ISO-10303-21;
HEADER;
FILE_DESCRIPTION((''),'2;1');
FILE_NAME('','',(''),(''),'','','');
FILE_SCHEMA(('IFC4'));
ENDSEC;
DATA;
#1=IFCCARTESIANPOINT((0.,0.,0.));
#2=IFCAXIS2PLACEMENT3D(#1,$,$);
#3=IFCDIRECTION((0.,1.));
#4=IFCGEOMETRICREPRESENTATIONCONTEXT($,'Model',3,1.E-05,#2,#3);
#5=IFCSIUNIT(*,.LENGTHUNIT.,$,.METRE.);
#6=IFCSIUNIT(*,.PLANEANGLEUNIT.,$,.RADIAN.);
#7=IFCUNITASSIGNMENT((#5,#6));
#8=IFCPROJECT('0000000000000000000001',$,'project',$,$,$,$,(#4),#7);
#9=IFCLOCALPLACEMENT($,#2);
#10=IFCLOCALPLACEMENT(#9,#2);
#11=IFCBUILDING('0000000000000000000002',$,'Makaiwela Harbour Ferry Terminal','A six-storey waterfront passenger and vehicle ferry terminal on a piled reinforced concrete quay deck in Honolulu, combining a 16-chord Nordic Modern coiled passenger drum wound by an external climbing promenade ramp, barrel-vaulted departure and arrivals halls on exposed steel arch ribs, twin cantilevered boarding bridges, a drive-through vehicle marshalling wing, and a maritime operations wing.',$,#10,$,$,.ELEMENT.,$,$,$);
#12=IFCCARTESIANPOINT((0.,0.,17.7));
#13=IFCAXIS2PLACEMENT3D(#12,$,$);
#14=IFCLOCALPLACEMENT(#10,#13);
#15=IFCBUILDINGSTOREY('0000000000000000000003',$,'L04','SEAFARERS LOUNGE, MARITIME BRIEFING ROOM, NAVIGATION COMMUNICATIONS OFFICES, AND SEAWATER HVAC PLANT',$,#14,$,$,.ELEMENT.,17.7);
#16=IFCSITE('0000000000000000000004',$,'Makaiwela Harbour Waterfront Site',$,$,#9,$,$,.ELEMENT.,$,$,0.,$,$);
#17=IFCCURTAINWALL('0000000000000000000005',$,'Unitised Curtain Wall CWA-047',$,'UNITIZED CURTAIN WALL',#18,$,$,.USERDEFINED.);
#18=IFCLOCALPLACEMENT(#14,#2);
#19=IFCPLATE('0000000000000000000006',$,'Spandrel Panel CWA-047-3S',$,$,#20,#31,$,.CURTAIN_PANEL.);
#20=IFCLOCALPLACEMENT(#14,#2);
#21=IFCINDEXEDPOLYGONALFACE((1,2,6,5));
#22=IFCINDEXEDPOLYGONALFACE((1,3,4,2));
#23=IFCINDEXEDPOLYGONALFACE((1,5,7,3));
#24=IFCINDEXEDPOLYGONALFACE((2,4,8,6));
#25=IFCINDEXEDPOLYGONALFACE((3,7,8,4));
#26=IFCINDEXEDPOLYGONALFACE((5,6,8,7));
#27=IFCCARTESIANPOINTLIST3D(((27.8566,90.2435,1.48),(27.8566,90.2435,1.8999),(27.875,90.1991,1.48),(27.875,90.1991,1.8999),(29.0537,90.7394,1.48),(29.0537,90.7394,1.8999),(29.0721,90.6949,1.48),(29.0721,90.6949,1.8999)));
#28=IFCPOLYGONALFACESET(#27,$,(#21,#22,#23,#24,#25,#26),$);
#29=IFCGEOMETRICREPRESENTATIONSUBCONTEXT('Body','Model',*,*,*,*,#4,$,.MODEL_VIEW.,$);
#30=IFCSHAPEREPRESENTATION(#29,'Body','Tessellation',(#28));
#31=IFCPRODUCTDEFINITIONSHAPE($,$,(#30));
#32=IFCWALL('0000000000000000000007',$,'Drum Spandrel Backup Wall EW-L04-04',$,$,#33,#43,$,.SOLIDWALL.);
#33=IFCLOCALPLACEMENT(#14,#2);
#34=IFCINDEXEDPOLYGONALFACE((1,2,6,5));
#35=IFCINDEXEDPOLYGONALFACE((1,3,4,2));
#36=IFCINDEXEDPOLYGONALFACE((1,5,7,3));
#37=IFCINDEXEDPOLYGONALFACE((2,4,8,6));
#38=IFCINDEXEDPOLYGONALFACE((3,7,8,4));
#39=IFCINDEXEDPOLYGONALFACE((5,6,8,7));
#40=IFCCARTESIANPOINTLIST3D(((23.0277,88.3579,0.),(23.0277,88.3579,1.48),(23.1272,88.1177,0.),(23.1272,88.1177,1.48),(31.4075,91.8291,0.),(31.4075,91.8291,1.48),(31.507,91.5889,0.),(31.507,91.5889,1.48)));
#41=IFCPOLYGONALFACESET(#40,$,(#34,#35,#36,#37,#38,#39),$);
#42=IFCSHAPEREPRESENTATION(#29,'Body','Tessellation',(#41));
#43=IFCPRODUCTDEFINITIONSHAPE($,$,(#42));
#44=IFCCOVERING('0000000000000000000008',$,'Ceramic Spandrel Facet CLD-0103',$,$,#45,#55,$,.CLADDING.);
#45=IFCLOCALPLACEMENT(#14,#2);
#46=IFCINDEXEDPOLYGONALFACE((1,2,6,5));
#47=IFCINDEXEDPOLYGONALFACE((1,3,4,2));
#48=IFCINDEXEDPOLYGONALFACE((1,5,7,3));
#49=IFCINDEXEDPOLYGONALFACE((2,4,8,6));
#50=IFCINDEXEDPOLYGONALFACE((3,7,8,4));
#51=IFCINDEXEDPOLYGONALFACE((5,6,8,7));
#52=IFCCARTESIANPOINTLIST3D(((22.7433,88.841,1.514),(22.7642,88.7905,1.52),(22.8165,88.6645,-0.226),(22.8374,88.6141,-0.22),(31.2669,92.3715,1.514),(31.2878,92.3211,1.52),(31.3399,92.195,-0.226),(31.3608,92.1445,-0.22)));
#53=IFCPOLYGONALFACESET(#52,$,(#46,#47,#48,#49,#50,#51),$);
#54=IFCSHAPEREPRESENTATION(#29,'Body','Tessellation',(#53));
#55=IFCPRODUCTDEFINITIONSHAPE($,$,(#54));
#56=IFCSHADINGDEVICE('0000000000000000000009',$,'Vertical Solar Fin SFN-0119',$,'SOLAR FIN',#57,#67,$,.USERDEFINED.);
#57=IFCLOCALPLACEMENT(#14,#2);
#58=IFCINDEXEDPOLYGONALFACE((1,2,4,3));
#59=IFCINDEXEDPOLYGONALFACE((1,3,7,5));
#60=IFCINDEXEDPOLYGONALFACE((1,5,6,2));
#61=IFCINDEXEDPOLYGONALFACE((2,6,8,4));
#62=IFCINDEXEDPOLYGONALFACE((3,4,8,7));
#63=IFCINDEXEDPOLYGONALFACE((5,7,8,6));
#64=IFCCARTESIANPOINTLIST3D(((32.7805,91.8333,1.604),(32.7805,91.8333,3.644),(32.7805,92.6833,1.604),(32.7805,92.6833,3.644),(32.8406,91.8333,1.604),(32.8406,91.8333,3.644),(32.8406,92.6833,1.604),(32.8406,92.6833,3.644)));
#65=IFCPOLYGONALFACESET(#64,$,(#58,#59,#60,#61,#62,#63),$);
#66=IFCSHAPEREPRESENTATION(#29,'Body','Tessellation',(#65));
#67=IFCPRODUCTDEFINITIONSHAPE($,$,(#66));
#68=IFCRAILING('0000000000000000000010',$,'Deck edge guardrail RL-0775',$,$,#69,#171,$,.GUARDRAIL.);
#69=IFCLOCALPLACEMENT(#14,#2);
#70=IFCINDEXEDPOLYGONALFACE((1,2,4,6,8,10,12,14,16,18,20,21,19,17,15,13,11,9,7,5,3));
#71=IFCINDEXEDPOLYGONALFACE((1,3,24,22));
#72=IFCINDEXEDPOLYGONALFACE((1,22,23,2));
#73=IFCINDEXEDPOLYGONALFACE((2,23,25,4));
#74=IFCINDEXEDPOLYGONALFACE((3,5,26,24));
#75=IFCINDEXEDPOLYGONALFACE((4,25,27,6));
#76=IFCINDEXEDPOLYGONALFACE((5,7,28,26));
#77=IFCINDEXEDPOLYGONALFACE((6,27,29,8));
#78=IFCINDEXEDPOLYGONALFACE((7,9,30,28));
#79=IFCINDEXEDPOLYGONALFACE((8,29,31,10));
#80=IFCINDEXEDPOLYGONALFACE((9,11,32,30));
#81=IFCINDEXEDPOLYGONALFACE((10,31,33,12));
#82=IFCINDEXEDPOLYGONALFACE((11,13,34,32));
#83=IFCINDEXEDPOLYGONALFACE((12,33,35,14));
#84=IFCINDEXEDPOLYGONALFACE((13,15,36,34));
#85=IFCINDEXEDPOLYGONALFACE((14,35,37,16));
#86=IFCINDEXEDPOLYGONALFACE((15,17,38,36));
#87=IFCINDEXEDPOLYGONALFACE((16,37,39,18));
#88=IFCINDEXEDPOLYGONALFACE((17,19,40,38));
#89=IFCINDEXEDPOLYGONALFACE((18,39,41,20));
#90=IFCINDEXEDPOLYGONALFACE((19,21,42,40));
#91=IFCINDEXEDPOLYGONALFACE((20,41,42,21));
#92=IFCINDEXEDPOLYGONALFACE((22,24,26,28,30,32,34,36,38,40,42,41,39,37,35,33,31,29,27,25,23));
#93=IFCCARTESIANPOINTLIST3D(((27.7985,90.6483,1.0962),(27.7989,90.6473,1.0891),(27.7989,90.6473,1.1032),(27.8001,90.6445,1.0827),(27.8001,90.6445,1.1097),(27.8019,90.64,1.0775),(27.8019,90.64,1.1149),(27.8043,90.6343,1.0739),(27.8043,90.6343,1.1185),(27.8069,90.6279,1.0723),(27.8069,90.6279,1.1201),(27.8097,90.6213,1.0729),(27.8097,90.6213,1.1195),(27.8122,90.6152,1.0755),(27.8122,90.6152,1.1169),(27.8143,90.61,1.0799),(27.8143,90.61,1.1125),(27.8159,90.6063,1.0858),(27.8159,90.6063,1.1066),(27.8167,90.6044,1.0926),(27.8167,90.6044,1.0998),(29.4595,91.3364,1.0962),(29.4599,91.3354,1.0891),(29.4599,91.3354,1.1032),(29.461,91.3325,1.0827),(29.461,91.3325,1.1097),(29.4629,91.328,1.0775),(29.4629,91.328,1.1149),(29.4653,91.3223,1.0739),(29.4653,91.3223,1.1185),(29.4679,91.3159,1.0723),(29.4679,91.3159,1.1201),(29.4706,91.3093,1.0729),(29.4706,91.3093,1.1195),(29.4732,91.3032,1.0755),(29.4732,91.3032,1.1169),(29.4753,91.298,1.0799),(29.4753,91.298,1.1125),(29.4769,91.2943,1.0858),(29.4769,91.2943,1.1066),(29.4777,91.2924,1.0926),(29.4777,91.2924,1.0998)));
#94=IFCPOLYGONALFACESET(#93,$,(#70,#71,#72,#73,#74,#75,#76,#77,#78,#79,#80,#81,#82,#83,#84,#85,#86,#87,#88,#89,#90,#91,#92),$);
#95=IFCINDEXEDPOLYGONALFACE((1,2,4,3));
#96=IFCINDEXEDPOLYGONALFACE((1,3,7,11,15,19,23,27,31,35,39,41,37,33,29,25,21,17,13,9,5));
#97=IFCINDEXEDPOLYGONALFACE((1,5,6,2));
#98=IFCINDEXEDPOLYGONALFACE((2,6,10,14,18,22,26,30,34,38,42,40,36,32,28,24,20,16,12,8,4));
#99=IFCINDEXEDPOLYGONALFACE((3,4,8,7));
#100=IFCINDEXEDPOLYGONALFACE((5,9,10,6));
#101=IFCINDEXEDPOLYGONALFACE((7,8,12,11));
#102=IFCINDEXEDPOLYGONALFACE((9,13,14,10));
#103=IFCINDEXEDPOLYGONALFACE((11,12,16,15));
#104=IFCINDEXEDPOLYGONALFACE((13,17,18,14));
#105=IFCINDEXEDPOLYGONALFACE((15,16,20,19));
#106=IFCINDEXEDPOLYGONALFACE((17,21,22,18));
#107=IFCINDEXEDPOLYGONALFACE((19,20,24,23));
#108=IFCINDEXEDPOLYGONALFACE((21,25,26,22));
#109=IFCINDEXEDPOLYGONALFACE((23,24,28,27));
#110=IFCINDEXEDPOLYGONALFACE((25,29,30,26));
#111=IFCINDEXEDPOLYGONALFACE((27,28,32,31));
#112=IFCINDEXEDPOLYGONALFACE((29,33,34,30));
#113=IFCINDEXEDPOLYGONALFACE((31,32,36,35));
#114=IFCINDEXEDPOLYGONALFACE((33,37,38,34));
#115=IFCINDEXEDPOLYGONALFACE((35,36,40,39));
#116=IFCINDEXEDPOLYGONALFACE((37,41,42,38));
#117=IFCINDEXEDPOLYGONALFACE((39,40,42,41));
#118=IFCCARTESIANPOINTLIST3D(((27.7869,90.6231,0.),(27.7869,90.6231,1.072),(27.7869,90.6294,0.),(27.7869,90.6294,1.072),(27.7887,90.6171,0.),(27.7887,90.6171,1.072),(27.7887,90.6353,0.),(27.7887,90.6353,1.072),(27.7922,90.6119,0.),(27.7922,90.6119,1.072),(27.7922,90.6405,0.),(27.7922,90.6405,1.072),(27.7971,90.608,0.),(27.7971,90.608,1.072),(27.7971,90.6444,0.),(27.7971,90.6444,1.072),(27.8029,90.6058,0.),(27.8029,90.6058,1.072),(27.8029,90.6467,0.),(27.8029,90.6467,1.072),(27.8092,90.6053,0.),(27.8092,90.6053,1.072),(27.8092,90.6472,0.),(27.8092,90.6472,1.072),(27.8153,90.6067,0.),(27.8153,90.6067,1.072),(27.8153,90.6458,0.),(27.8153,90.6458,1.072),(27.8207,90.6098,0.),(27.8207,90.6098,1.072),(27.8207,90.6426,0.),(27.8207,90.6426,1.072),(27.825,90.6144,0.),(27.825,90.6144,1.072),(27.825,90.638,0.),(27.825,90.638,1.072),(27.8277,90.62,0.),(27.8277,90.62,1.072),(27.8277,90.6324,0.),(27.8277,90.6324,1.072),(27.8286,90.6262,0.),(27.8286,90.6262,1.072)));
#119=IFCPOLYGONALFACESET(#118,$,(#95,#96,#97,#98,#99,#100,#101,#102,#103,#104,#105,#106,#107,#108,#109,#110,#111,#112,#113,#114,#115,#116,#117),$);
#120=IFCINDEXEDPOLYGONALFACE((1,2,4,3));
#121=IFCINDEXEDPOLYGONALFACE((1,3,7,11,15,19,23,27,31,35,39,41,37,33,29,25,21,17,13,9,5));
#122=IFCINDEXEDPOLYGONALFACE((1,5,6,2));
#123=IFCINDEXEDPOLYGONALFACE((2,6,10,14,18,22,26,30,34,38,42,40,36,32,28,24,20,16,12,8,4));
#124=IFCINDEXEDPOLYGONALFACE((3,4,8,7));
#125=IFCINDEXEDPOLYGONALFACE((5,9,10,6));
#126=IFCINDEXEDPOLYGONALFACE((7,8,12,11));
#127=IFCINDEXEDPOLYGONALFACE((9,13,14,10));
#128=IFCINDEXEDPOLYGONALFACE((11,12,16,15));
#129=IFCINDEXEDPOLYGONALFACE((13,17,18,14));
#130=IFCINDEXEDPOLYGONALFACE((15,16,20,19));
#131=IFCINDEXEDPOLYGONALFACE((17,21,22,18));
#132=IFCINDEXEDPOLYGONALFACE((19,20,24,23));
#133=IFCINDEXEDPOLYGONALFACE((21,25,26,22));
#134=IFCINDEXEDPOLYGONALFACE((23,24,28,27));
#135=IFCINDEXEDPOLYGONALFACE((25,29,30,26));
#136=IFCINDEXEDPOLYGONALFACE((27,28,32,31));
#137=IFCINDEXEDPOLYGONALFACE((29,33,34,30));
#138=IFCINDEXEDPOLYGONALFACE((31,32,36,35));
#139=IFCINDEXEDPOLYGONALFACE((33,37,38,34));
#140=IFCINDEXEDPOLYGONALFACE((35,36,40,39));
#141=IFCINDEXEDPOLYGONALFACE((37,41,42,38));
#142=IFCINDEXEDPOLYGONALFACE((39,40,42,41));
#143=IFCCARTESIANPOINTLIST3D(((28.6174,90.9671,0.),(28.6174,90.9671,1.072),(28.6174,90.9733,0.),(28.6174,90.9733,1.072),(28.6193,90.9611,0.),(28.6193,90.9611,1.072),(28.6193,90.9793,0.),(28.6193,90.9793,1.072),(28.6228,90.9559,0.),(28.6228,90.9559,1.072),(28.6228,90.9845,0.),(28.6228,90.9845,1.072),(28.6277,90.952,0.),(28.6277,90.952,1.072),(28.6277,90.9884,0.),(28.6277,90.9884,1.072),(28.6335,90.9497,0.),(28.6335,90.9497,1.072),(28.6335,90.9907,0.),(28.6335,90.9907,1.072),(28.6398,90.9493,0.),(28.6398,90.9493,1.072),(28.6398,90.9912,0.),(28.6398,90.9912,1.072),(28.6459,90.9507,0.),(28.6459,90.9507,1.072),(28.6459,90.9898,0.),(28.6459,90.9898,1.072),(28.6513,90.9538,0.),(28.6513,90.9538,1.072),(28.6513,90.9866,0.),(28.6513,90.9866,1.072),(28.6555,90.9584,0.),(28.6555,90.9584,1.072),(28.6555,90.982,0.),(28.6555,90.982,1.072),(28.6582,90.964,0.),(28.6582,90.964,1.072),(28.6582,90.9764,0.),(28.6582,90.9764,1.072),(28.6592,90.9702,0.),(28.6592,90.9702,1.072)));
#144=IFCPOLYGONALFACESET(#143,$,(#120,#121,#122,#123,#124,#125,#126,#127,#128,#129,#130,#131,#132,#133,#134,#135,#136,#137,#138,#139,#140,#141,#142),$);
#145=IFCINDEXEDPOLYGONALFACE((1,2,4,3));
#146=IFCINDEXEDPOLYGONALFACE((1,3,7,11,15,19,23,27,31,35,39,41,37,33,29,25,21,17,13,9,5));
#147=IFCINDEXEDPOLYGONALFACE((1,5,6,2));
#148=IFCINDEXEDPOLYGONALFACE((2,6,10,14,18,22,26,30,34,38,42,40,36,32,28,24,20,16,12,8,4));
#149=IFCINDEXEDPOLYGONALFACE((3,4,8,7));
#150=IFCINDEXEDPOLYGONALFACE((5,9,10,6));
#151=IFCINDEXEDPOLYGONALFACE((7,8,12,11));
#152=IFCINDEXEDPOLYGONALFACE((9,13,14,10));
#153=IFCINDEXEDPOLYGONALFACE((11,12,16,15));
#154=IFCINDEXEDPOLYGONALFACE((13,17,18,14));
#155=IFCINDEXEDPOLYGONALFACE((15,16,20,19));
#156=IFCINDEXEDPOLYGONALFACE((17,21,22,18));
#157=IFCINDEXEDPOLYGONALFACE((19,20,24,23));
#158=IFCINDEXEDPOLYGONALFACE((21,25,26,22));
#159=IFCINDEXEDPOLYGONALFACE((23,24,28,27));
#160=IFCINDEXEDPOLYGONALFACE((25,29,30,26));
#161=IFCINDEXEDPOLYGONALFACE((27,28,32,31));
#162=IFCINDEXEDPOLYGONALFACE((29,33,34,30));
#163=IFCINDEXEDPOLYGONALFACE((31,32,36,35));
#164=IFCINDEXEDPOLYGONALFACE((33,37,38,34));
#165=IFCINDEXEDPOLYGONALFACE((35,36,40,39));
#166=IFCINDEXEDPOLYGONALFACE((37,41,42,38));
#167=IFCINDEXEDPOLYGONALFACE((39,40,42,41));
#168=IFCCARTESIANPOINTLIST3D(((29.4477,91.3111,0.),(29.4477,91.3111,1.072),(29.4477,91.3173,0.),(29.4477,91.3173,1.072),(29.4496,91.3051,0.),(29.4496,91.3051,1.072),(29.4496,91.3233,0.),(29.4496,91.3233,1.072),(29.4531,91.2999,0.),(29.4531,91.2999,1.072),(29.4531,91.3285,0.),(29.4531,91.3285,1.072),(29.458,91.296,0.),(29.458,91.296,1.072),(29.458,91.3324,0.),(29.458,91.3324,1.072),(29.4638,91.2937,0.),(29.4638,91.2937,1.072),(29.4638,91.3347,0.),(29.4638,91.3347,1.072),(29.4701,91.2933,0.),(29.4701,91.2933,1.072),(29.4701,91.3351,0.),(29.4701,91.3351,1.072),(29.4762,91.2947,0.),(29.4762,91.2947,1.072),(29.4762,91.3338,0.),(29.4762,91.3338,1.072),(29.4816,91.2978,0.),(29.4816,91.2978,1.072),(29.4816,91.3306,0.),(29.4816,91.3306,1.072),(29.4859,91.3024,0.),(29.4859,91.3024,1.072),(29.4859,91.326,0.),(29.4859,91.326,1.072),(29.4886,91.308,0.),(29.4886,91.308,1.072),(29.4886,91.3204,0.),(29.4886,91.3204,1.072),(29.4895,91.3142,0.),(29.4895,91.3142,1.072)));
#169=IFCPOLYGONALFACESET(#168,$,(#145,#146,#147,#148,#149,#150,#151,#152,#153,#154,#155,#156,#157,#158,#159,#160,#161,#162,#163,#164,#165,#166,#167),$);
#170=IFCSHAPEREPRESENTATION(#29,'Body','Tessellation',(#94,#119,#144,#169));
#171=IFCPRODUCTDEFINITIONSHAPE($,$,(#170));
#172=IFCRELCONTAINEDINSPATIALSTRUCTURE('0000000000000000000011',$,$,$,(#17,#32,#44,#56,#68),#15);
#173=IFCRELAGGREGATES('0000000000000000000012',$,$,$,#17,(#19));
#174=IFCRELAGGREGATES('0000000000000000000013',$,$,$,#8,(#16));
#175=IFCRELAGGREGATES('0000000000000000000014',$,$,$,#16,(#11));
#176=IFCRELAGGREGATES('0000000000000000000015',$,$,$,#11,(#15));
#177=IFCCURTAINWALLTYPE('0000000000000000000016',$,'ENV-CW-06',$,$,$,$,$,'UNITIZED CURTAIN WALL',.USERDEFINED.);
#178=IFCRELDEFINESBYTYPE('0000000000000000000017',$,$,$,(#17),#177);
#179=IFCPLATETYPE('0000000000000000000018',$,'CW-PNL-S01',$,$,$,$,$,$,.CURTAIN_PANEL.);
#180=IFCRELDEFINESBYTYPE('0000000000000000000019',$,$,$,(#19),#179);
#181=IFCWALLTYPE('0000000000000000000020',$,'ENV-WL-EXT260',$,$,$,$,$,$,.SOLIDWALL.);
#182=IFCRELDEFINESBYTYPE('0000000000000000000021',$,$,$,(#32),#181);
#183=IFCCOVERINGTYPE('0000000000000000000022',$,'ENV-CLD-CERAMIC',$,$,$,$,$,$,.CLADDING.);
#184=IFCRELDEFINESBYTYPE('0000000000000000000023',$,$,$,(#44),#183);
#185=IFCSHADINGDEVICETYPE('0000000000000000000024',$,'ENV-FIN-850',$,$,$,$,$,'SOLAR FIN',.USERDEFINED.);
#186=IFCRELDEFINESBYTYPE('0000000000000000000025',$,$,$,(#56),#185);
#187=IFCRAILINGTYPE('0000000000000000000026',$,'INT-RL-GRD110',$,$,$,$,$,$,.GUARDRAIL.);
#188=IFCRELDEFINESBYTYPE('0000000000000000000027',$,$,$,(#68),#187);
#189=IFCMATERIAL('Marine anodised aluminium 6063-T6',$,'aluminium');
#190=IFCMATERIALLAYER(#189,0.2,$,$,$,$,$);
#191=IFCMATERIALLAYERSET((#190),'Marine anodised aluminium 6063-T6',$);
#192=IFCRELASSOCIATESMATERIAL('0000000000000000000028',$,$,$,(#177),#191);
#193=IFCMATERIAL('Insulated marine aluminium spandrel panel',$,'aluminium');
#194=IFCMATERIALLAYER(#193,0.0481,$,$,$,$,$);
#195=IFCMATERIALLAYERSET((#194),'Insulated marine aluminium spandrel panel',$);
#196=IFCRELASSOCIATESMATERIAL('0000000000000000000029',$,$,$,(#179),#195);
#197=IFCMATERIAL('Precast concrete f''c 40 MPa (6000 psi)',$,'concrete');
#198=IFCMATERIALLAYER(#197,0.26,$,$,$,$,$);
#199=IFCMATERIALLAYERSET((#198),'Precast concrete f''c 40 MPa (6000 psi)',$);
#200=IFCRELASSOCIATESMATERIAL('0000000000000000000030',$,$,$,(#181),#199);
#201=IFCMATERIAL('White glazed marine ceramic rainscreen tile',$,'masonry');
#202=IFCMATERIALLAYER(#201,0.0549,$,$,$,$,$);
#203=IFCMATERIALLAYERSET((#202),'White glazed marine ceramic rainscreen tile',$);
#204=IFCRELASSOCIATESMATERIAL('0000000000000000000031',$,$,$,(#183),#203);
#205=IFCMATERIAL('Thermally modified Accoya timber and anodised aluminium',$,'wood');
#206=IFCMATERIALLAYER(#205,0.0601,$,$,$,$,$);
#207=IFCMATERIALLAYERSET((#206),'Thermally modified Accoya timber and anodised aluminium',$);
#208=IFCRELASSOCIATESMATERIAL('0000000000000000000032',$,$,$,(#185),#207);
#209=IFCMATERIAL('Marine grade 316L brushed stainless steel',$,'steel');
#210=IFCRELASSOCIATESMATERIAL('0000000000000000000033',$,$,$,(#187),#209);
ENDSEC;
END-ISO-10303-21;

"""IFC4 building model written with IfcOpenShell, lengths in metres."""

from ifc_helpers import new_model, si_unit, direction, frame, frame_2d, origin, origin_2d, place, context, subcontext, project, spatial, polyline, rectangle, circle, outline, extrude, material, layer, layer_set, type_object, element, aggregate, save


model = new_model("IFC4")

# Units and contexts
model_context = context("Model", 3, precision=1e-05, world=origin(), true_north=direction((0.0, 1.0)))
body_context = subcontext(model_context, "Body", "Model", "MODEL_VIEW")
ifc_project = project(units=[si_unit("LENGTHUNIT", "METRE"), si_unit("PLANEANGLEUNIT", "RADIAN")], contexts=[model_context])

# Site, building, storey
site_placement = place(None, origin())
site = spatial("IfcSite", under=ifc_project, at=site_placement, Name="Makaiwela Harbour Waterfront Site", CompositionType="ELEMENT", RefElevation=0.0)
building_placement = place(site_placement, origin())
building = spatial("IfcBuilding", under=site, at=building_placement, Name="Makaiwela Harbour Ferry Terminal", Description="A six-storey waterfront passenger and vehicle ferry terminal on a piled reinforced concrete quay deck in Honolulu, combining a 16-chord Nordic Modern coiled passenger drum wound by an external climbing promenade ramp, barrel-vaulted departure and arrivals halls on exposed steel arch ribs, twin cantilevered boarding bridges, a drive-through vehicle marshalling wing, and a maritime operations wing.", CompositionType="ELEMENT")
storey_placement = place(building_placement, frame((0.0, 0.0, 17.7)))
storey = spatial("IfcBuildingStorey", under=building, at=storey_placement, Name="L04", Description="SEAFARERS LOUNGE, MARITIME BRIEFING ROOM, NAVIGATION COMMUNICATIONS OFFICES, AND SEAWATER HVAC PLANT", CompositionType="ELEMENT", Elevation=17.7)

# Curtain wall
ifc_material_1 = material(Name="Marine anodised aluminium 6063-T6", Category="aluminium")
ifc_layer_1 = layer(ifc_material_1, 0.2)
ifc_layer_set_1 = layer_set([ifc_layer_1], Name="Marine anodised aluminium 6063-T6")
curtain_wall_type = type_object("IfcCurtainWallType", Name="ENV-CW-06", ElementType="UNITIZED CURTAIN WALL", PredefinedType="USERDEFINED", material=ifc_layer_set_1)
curtain_wall_1_placement = place(storey_placement, origin())
curtain_wall_1 = element("IfcCurtainWall", 1, at=curtain_wall_1_placement, inside=storey, type_object=curtain_wall_type, Name="Unitised Curtain Wall CWA-047", ObjectType="UNITIZED CURTAIN WALL", PredefinedType="USERDEFINED")

# Plate
ifc_material_2 = material(Name="Insulated marine aluminium spandrel panel", Category="aluminium")
ifc_layer_2 = layer(ifc_material_2, 0.0481)
ifc_layer_set_2 = layer_set([ifc_layer_2], Name="Insulated marine aluminium spandrel panel")
plate_type_1 = type_object("IfcPlateType", Name="CW-PNL-S01", PredefinedType="CURTAIN_PANEL", material=ifc_layer_set_2)
plate_1_placement = place(storey_placement, frame((28.4644, 90.4692, 1.48), z_axis=(0.0, 0.0, 1.0), x_axis=(-0.92388, -0.382683, 0.0)))
plate_1 = element("IfcPlate", 2, at=plate_1_placement, type_object=plate_type_1, Name="Spandrel Panel CWA-047-3S", PredefinedType="CURTAIN_PANEL", context=body_context, shape_type="SweptSolid", body=[
    extrude(rectangle(XDim=1.2957, YDim=0.0481, at=origin_2d()), origin(), (0.0, 0.0, 1.0), 0.4199),
])
aggregate(curtain_wall_1, [plate_1])

# Wall
ifc_material_3 = material(Name="Precast concrete f'c 40 MPa (6000 psi)", Category="concrete")
ifc_layer_3 = layer(ifc_material_3, 0.26)
ifc_layer_set_3 = layer_set([ifc_layer_3], Name="Precast concrete f'c 40 MPa (6000 psi)")
wall_type = type_object("IfcWallType", Name="ENV-WL-EXT260", PredefinedType="SOLIDWALL", material=ifc_layer_set_3)
wall_placement = place(storey_placement, frame((31.4573, 91.709, 0.0), z_axis=(0.0, 0.0, 1.0), x_axis=(-0.923874, -0.382696, 0.0)))
element("IfcWall", 3, at=wall_placement, inside=storey, type_object=wall_type, Name="Drum Spandrel Backup Wall EW-L04-04", PredefinedType="SOLIDWALL", context=body_context, shape_type="SweptSolid", body=[
    extrude(rectangle(XDim=9.0703, YDim=0.26, at=frame_2d((4.5352, 0.0))), origin(), (0.0, 0.0, 1.0), 1.48),
])

# Covering
ifc_material_4 = material(Name="White glazed marine ceramic rainscreen tile", Category="masonry")
ifc_layer_4 = layer(ifc_material_4, 0.0549)
ifc_layer_set_4 = layer_set([ifc_layer_4], Name="White glazed marine ceramic rainscreen tile")
covering_type = type_object("IfcCoveringType", Name="ENV-CLD-CERAMIC", PredefinedType="CLADDING", material=ifc_layer_set_4)
covering_placement = place(storey_placement, frame((31.3608, 92.1445, -0.22), z_axis=(0.380392, -0.918362, 0.109149), x_axis=(-0.923882, -0.382678, -0.000001)))
element("IfcCovering", 4, at=covering_placement, inside=storey, type_object=covering_type, Name="Ceramic Spandrel Facet CLD-0103", PredefinedType="CLADDING", context=body_context, shape_type="SweptSolid", body=[
    extrude(outline(polyline([(0.0, 0.0), (9.2257, 0.0), (9.2258, -1.7505), (-0.0001, -1.7504), (0.0, 0.0)])), origin(), (0.0, 0.0, -1.0), 0.0549),
])

# Shading device
ifc_material_5 = material(Name="Thermally modified Accoya timber and anodised aluminium", Category="wood")
ifc_layer_5 = layer(ifc_material_5, 0.0601)
ifc_layer_set_5 = layer_set([ifc_layer_5], Name="Thermally modified Accoya timber and anodised aluminium")
shading_device_type = type_object("IfcShadingDeviceType", Name="ENV-FIN-850", ElementType="SOLAR FIN", PredefinedType="USERDEFINED", material=ifc_layer_set_5)
shading_device_placement = place(storey_placement, frame((32.8105, 92.2583, 1.604), z_axis=(0.0, 0.0, 1.0), x_axis=(0.0, 1.0, 0.0)))
element("IfcShadingDevice", 5, at=shading_device_placement, inside=storey, type_object=shading_device_type, Name="Vertical Solar Fin SFN-0119", ObjectType="SOLAR FIN", PredefinedType="USERDEFINED", context=body_context, shape_type="SweptSolid", body=[
    extrude(rectangle(XDim=0.8501, YDim=0.0601, at=origin_2d()), origin(), (0.0, 0.0, 1.0), 2.04),
])

# Railing
ifc_material_6 = material(Name="Marine grade 316L brushed stainless steel", Category="steel")
railing_type = type_object("IfcRailingType", Name="INT-RL-GRD110", PredefinedType="GUARDRAIL", material=ifc_material_6)
for number, where, name in (
    (6, (27.8076, 90.6262, 0.0), "Deck edge guardrail RL-0775"),
):
    element("IfcRailing", number, at=place(storey_placement, frame(where)), inside=storey, type_object=railing_type, Name=name, PredefinedType="GUARDRAIL", context=body_context, shape_type="SweptSolid", body=[
        extrude(circle(Radius=0.0239, at=origin_2d()), frame((0.0, 0.0, 1.0962), z_axis=(0.923874, 0.382696, 0.0), x_axis=(-0.382696, 0.923874, 0.0)), (0.0, 0.0, 1.0), 1.7979),
        extrude(circle(Radius=0.021, at=origin_2d()), origin(), (0.0, 0.0, 1.0), 1.072),
        extrude(circle(Radius=0.021, at=origin_2d()), frame((0.8306, 0.344, 0.0)), (0.0, 0.0, 1.0), 1.072),
        extrude(circle(Radius=0.021, at=origin_2d()), frame((1.6609, 0.688, 0.0)), (0.0, 0.0, 1.0), 1.072),
    ])

save(model, "model.ifc")
